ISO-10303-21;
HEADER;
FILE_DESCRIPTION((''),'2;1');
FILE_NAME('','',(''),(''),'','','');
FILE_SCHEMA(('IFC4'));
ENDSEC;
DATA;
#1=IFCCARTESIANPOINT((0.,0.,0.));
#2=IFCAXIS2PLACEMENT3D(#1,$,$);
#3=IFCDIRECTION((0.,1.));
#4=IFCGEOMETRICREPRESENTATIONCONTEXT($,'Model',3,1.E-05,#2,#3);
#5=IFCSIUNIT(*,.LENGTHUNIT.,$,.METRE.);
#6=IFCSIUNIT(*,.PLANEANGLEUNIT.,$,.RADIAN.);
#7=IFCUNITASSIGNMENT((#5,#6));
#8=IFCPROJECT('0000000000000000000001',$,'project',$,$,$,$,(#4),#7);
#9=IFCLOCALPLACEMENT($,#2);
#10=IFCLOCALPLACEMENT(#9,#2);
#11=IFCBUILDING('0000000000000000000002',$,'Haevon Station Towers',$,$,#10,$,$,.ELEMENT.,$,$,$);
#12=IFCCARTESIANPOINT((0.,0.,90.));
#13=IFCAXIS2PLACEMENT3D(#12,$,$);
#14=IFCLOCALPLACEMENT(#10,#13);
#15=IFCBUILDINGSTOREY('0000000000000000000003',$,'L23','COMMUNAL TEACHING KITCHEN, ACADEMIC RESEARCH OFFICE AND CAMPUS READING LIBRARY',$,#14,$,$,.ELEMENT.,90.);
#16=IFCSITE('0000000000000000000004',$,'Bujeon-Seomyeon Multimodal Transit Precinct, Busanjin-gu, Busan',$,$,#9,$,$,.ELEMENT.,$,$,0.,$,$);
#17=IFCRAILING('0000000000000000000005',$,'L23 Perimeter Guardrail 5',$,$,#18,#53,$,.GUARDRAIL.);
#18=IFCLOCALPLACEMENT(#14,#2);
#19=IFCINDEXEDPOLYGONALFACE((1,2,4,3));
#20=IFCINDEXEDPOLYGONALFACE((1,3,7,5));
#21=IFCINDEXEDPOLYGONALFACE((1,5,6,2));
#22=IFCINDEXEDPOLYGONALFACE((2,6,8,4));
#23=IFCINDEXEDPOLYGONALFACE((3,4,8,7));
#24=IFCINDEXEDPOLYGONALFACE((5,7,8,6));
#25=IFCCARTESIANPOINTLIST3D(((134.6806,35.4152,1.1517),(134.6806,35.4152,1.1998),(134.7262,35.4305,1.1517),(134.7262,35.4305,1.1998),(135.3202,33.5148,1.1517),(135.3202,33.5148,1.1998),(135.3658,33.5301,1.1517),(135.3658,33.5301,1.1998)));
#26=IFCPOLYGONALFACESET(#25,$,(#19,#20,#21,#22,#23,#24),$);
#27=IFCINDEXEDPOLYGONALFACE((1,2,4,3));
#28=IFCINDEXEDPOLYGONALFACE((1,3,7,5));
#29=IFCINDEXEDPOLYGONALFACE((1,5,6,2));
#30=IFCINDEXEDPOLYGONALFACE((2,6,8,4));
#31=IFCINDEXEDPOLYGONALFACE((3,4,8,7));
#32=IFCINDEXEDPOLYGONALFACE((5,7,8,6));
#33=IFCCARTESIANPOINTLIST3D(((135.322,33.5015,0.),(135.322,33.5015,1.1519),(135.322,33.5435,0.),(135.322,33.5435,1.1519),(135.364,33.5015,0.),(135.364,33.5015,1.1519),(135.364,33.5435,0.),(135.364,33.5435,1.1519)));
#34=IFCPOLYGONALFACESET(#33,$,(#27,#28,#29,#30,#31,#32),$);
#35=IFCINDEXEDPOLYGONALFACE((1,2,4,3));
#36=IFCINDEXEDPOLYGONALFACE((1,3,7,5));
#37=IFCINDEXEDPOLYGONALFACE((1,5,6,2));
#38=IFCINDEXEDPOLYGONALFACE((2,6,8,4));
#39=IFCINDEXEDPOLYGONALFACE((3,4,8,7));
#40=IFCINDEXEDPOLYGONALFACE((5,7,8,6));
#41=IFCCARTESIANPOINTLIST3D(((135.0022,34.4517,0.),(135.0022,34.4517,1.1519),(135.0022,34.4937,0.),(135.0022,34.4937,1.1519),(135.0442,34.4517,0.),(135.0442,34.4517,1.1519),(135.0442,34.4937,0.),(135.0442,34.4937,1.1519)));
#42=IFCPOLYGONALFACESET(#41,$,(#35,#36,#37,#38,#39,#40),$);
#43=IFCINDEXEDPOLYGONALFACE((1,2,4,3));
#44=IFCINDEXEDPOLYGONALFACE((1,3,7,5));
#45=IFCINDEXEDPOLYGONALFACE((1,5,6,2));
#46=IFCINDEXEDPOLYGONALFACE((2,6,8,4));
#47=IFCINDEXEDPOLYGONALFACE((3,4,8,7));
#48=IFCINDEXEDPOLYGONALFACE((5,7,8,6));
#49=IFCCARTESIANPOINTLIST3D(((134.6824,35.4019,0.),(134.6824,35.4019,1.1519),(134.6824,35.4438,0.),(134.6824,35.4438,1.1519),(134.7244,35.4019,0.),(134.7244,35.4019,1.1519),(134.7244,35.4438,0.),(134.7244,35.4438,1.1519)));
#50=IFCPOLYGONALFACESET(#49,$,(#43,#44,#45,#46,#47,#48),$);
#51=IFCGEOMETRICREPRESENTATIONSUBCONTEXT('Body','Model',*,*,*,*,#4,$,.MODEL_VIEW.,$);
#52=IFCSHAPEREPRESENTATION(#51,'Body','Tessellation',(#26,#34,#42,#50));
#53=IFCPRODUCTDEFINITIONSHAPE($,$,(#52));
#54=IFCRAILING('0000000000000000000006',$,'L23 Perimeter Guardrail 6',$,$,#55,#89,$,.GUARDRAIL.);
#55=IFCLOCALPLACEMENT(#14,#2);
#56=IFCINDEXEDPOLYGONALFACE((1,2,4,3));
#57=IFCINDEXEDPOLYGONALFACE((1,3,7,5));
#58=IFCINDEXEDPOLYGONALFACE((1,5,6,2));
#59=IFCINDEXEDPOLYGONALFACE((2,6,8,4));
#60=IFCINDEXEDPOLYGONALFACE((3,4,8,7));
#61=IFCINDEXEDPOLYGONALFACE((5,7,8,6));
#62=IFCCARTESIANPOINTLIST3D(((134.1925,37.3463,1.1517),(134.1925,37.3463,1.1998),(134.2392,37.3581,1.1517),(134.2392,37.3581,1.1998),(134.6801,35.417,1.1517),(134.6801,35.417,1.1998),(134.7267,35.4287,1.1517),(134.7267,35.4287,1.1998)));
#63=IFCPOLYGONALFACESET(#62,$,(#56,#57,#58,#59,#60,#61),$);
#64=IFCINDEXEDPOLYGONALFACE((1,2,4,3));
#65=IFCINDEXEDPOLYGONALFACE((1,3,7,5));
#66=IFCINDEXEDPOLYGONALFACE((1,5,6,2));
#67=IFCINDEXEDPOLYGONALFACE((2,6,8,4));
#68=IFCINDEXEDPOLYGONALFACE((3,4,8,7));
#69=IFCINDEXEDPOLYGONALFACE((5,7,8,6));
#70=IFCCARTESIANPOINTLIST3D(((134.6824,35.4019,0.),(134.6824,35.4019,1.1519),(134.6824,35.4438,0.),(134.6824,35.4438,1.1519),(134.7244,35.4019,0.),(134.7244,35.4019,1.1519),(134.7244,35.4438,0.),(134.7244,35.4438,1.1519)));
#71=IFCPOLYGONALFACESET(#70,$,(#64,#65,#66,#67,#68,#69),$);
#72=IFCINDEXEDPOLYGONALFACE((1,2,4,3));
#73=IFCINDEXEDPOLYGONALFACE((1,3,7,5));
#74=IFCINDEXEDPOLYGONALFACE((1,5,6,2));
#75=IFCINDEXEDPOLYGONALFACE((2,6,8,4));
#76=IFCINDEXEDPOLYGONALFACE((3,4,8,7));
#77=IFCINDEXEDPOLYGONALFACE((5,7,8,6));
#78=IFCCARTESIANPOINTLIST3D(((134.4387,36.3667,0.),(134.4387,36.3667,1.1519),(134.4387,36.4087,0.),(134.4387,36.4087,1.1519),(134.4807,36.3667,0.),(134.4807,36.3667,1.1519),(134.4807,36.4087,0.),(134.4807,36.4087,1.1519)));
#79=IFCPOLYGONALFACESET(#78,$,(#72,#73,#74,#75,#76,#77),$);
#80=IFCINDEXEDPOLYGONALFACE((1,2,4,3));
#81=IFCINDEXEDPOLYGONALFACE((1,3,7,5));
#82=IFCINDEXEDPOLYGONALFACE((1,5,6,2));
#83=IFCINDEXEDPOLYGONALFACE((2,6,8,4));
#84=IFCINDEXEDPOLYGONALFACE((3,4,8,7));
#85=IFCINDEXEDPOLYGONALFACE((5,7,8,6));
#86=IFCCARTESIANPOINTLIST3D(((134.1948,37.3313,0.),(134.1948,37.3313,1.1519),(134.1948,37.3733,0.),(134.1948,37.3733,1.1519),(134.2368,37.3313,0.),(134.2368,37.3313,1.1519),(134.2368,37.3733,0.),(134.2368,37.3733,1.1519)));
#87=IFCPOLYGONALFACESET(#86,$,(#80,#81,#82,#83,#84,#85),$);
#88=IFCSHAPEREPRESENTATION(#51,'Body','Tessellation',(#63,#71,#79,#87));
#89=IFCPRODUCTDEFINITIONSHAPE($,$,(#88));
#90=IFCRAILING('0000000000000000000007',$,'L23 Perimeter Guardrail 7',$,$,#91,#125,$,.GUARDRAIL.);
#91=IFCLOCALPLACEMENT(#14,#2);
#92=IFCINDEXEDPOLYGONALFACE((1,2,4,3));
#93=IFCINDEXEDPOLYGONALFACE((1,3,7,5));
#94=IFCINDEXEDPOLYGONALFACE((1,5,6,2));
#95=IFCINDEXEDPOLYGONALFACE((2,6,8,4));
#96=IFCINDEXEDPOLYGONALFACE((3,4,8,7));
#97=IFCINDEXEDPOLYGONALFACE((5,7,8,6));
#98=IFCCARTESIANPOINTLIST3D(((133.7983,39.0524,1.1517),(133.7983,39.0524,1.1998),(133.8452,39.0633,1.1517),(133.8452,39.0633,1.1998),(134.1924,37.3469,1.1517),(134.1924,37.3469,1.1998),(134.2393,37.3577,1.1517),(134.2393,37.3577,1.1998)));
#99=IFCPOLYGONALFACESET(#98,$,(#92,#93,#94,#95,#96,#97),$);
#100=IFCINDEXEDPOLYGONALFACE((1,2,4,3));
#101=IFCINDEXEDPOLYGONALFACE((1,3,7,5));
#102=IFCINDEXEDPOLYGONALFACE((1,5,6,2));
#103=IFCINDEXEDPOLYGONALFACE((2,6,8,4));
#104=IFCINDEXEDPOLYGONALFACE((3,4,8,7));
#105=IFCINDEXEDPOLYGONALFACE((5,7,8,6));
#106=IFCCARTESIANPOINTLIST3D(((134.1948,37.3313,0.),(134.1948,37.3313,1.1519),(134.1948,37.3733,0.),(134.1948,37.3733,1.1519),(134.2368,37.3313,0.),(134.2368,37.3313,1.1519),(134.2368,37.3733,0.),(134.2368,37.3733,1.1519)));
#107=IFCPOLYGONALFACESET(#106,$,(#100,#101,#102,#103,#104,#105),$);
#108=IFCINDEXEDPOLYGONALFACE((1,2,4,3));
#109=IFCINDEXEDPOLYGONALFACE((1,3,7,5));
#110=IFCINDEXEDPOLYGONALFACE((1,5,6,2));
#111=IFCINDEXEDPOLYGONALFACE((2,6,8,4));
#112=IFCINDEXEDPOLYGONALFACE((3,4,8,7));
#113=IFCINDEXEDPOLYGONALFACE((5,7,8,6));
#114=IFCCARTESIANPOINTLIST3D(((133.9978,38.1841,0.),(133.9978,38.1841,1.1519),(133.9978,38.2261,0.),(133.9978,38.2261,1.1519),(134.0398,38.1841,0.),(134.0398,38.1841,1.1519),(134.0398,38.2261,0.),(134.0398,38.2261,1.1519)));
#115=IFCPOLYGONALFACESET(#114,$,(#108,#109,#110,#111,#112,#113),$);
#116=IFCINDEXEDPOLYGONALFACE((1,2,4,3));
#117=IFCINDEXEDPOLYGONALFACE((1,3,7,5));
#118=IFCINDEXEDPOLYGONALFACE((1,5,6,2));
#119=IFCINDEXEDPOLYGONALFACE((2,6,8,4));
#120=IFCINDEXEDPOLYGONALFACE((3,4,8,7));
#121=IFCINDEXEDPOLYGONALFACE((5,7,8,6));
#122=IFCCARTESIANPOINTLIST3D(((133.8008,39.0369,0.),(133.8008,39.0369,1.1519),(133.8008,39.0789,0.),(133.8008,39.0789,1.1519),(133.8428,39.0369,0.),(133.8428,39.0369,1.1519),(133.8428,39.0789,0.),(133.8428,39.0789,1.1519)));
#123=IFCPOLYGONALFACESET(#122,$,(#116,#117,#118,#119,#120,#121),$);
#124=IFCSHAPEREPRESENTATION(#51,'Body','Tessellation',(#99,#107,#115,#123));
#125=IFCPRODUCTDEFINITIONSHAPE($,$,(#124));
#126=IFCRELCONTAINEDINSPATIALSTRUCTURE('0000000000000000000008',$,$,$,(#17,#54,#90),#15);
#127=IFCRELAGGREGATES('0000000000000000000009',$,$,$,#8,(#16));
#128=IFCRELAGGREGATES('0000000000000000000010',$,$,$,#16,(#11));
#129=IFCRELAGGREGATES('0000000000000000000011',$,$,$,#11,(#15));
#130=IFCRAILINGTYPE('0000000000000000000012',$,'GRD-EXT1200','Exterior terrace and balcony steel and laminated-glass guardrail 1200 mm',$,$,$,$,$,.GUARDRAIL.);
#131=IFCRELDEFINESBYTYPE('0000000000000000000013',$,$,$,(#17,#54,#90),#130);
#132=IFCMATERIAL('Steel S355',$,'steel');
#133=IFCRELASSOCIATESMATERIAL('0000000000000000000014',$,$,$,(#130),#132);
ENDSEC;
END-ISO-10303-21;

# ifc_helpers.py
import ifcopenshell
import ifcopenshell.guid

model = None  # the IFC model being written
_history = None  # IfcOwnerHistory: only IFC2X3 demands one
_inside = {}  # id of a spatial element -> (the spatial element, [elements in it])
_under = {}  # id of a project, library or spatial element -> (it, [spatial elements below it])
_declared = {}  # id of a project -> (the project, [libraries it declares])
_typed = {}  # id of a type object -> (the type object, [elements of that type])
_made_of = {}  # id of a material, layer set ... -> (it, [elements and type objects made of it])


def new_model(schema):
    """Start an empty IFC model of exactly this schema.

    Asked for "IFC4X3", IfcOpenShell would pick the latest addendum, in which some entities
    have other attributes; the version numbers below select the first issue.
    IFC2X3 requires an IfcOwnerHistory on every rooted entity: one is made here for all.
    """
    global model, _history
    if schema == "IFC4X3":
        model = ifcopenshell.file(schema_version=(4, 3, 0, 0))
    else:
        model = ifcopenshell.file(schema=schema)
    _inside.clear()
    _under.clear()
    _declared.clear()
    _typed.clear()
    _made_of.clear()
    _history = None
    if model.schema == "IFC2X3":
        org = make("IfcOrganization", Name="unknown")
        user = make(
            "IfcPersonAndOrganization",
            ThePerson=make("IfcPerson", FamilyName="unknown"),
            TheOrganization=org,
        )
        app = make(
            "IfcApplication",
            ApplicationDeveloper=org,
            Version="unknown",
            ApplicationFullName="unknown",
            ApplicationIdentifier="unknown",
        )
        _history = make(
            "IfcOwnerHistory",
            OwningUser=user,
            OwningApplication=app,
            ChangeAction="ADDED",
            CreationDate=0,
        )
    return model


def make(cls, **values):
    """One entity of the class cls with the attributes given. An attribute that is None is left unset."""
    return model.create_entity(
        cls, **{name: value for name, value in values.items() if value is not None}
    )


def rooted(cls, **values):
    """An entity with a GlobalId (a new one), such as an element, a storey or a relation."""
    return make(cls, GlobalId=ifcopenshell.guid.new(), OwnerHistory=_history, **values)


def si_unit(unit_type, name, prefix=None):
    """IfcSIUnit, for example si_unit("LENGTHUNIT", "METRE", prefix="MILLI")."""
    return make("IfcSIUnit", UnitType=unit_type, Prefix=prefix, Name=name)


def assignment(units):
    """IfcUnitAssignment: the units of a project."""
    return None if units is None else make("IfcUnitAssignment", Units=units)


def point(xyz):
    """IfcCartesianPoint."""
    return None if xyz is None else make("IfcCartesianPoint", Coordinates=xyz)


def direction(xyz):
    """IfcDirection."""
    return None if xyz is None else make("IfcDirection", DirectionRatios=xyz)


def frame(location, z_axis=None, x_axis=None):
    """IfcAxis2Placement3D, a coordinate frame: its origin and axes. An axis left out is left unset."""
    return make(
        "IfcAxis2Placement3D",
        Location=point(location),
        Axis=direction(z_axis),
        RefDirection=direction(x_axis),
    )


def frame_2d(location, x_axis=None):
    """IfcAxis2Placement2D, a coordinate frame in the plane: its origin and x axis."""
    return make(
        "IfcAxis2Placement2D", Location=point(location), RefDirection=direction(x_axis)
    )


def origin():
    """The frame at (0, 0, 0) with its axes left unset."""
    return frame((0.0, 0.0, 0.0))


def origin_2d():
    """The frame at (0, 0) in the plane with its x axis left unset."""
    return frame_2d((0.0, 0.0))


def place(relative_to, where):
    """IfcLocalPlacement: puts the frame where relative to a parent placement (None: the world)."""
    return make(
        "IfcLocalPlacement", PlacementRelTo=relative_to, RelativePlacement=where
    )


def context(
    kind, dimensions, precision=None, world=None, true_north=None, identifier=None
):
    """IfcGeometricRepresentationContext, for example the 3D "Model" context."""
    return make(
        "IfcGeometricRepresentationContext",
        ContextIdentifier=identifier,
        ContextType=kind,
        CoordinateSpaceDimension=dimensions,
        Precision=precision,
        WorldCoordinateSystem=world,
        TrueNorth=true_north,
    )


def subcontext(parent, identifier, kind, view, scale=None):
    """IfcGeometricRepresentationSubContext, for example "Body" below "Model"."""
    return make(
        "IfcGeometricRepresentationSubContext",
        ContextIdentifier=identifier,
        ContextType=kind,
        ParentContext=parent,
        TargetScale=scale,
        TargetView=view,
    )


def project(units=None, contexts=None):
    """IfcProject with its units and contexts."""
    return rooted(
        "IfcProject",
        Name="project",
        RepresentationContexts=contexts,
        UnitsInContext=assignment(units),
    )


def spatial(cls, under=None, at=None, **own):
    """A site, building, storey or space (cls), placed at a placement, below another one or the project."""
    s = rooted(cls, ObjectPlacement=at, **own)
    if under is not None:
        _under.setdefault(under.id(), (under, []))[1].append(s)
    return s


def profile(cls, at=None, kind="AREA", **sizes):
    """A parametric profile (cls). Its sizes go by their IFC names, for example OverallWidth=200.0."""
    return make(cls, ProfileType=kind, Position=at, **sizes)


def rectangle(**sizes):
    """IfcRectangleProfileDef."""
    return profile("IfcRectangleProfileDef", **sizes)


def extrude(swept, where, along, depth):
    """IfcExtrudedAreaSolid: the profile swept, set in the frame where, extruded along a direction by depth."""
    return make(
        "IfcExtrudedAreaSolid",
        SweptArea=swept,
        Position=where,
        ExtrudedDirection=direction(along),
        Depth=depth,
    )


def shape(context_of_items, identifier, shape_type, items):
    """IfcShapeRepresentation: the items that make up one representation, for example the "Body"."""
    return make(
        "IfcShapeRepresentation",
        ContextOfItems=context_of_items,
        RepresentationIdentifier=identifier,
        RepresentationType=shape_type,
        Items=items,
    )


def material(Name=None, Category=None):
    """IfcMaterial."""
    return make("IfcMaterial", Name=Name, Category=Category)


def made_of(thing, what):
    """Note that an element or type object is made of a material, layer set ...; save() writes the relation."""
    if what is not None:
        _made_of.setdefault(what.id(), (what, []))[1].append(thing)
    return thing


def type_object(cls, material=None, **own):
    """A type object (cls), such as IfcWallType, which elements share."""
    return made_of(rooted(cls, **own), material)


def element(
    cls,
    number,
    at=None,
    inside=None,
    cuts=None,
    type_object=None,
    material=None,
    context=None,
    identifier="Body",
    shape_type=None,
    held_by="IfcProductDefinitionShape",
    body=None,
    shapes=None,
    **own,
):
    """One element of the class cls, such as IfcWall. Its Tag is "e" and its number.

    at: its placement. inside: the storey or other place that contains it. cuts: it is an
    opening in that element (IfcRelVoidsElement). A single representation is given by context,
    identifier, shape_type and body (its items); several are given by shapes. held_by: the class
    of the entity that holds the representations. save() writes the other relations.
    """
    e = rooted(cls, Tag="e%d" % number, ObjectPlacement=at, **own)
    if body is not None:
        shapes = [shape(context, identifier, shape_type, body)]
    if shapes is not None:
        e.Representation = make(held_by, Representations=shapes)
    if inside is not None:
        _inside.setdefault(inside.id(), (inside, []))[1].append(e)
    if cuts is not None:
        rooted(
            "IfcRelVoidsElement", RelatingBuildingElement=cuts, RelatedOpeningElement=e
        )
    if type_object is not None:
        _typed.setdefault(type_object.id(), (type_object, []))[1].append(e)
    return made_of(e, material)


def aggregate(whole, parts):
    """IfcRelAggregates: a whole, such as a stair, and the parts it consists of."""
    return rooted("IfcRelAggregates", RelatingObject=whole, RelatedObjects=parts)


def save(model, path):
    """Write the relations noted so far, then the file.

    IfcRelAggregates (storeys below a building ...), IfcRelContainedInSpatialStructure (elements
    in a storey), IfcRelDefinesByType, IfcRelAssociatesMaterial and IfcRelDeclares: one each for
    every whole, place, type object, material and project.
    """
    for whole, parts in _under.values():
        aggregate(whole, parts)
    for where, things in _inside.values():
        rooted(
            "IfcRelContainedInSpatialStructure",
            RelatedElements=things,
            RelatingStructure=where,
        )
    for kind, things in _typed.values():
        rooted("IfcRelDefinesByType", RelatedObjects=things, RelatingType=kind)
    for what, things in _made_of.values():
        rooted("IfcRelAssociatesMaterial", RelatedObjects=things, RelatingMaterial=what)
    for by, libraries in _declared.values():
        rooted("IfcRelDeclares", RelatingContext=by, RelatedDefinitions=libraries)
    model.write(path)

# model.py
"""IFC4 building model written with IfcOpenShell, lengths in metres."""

from ifc_helpers import new_model, si_unit, direction, frame, origin, origin_2d, place, context, subcontext, project, spatial, rectangle, extrude, material, type_object, element, save


model = new_model("IFC4")

# Units and contexts
model_context = context("Model", 3, precision=1e-05, world=origin(), true_north=direction((0.0, 1.0)))
body_context = subcontext(model_context, "Body", "Model", "MODEL_VIEW")
ifc_project = project(units=[si_unit("LENGTHUNIT", "METRE"), si_unit("PLANEANGLEUNIT", "RADIAN")], contexts=[model_context])

# Site, building, storey
site_placement = place(None, origin())
site = spatial("IfcSite", under=ifc_project, at=site_placement, Name="Bujeon-Seomyeon Multimodal Transit Precinct, Busanjin-gu, Busan", CompositionType="ELEMENT", RefElevation=0.0)
building_placement = place(site_placement, origin())
building = spatial("IfcBuilding", under=site, at=building_placement, Name="Haevon Station Towers", CompositionType="ELEMENT")
storey_placement = place(building_placement, frame((0.0, 0.0, 90.0)))
storey = spatial("IfcBuildingStorey", under=building, at=storey_placement, Name="L23", Description="COMMUNAL TEACHING KITCHEN, ACADEMIC RESEARCH OFFICE AND CAMPUS READING LIBRARY", CompositionType="ELEMENT", Elevation=90.0)

# Shared definitions
ifc_material_1 = material(Name="Steel S355", Category="steel")

# Railings
railing_type = type_object("IfcRailingType", Name="GRD-EXT1200", Description="Exterior terrace and balcony steel and laminated-glass guardrail 1200 mm", PredefinedType="GUARDRAIL", material=ifc_material_1)
railing_1_placement = place(storey_placement, frame((135.343, 33.5225, 0.0)))
element("IfcRailing", 1, at=railing_1_placement, inside=storey, type_object=railing_type, Name="L23 Perimeter Guardrail 5", PredefinedType="GUARDRAIL", context=body_context, shape_type="SweptSolid", body=[
    extrude(rectangle(XDim=0.0481, YDim=0.0481, at=origin_2d()), frame((0.0, 0.0, 1.1758), z_axis=(-0.319002, 0.947754, 0.0), x_axis=(-0.947754, -0.319002, 0.0)), (0.0, 0.0, 1.0), 2.0051),
    extrude(rectangle(XDim=0.042, YDim=0.042, at=origin_2d()), origin(), (0.0, 0.0, 1.0), 1.1519),
    extrude(rectangle(XDim=0.042, YDim=0.042, at=origin_2d()), frame((-0.3198, 0.9502, 0.0)), (0.0, 0.0, 1.0), 1.1519),
    extrude(rectangle(XDim=0.042, YDim=0.042, at=origin_2d()), frame((-0.6396, 1.9004, 0.0)), (0.0, 0.0, 1.0), 1.1519),
])
railing_2_placement = place(storey_placement, frame((134.7034, 35.4229, 0.0)))
element("IfcRailing", 2, at=railing_2_placement, inside=storey, type_object=railing_type, Name="L23 Perimeter Guardrail 6", PredefinedType="GUARDRAIL", context=body_context, shape_type="SweptSolid", body=[
    extrude(rectangle(XDim=0.0481, YDim=0.0481, at=origin_2d()), frame((0.0, 0.0, 1.1758), z_axis=(-0.244988, 0.969526, 0.0), x_axis=(-0.969526, -0.244988, 0.0)), (0.0, 0.0, 1.0), 1.99),
    extrude(rectangle(XDim=0.042, YDim=0.042, at=origin_2d()), origin(), (0.0, 0.0, 1.0), 1.1519),
    extrude(rectangle(XDim=0.042, YDim=0.042, at=origin_2d()), frame((-0.2437, 0.9648, 0.0)), (0.0, 0.0, 1.0), 1.1519),
    extrude(rectangle(XDim=0.042, YDim=0.042, at=origin_2d()), frame((-0.4875, 1.9294, 0.0)), (0.0, 0.0, 1.0), 1.1519),
])
railing_3_placement = place(storey_placement, frame((134.2158, 37.3523, 0.0)))
element("IfcRailing", 3, at=railing_3_placement, inside=storey, type_object=railing_type, Name="L23 Perimeter Guardrail 7", PredefinedType="GUARDRAIL", context=body_context, shape_type="SweptSolid", body=[
    extrude(rectangle(XDim=0.0481, YDim=0.0481, at=origin_2d()), frame((0.0, 0.0, 1.1758), z_axis=(-0.225104, 0.974335, 0.0), x_axis=(-0.974335, -0.225104, 0.0)), (0.0, 0.0, 1.0), 1.7505),
    extrude(rectangle(XDim=0.042, YDim=0.042, at=origin_2d()), origin(), (0.0, 0.0, 1.0), 1.1519),
    extrude(rectangle(XDim=0.042, YDim=0.042, at=origin_2d()), frame((-0.197, 0.8528, 0.0)), (0.0, 0.0, 1.0), 1.1519),
    extrude(rectangle(XDim=0.042, YDim=0.042, at=origin_2d()), frame((-0.394, 1.7056, 0.0)), (0.0, 0.0, 1.0), 1.1519),
])

save(model, "model.ifc")
